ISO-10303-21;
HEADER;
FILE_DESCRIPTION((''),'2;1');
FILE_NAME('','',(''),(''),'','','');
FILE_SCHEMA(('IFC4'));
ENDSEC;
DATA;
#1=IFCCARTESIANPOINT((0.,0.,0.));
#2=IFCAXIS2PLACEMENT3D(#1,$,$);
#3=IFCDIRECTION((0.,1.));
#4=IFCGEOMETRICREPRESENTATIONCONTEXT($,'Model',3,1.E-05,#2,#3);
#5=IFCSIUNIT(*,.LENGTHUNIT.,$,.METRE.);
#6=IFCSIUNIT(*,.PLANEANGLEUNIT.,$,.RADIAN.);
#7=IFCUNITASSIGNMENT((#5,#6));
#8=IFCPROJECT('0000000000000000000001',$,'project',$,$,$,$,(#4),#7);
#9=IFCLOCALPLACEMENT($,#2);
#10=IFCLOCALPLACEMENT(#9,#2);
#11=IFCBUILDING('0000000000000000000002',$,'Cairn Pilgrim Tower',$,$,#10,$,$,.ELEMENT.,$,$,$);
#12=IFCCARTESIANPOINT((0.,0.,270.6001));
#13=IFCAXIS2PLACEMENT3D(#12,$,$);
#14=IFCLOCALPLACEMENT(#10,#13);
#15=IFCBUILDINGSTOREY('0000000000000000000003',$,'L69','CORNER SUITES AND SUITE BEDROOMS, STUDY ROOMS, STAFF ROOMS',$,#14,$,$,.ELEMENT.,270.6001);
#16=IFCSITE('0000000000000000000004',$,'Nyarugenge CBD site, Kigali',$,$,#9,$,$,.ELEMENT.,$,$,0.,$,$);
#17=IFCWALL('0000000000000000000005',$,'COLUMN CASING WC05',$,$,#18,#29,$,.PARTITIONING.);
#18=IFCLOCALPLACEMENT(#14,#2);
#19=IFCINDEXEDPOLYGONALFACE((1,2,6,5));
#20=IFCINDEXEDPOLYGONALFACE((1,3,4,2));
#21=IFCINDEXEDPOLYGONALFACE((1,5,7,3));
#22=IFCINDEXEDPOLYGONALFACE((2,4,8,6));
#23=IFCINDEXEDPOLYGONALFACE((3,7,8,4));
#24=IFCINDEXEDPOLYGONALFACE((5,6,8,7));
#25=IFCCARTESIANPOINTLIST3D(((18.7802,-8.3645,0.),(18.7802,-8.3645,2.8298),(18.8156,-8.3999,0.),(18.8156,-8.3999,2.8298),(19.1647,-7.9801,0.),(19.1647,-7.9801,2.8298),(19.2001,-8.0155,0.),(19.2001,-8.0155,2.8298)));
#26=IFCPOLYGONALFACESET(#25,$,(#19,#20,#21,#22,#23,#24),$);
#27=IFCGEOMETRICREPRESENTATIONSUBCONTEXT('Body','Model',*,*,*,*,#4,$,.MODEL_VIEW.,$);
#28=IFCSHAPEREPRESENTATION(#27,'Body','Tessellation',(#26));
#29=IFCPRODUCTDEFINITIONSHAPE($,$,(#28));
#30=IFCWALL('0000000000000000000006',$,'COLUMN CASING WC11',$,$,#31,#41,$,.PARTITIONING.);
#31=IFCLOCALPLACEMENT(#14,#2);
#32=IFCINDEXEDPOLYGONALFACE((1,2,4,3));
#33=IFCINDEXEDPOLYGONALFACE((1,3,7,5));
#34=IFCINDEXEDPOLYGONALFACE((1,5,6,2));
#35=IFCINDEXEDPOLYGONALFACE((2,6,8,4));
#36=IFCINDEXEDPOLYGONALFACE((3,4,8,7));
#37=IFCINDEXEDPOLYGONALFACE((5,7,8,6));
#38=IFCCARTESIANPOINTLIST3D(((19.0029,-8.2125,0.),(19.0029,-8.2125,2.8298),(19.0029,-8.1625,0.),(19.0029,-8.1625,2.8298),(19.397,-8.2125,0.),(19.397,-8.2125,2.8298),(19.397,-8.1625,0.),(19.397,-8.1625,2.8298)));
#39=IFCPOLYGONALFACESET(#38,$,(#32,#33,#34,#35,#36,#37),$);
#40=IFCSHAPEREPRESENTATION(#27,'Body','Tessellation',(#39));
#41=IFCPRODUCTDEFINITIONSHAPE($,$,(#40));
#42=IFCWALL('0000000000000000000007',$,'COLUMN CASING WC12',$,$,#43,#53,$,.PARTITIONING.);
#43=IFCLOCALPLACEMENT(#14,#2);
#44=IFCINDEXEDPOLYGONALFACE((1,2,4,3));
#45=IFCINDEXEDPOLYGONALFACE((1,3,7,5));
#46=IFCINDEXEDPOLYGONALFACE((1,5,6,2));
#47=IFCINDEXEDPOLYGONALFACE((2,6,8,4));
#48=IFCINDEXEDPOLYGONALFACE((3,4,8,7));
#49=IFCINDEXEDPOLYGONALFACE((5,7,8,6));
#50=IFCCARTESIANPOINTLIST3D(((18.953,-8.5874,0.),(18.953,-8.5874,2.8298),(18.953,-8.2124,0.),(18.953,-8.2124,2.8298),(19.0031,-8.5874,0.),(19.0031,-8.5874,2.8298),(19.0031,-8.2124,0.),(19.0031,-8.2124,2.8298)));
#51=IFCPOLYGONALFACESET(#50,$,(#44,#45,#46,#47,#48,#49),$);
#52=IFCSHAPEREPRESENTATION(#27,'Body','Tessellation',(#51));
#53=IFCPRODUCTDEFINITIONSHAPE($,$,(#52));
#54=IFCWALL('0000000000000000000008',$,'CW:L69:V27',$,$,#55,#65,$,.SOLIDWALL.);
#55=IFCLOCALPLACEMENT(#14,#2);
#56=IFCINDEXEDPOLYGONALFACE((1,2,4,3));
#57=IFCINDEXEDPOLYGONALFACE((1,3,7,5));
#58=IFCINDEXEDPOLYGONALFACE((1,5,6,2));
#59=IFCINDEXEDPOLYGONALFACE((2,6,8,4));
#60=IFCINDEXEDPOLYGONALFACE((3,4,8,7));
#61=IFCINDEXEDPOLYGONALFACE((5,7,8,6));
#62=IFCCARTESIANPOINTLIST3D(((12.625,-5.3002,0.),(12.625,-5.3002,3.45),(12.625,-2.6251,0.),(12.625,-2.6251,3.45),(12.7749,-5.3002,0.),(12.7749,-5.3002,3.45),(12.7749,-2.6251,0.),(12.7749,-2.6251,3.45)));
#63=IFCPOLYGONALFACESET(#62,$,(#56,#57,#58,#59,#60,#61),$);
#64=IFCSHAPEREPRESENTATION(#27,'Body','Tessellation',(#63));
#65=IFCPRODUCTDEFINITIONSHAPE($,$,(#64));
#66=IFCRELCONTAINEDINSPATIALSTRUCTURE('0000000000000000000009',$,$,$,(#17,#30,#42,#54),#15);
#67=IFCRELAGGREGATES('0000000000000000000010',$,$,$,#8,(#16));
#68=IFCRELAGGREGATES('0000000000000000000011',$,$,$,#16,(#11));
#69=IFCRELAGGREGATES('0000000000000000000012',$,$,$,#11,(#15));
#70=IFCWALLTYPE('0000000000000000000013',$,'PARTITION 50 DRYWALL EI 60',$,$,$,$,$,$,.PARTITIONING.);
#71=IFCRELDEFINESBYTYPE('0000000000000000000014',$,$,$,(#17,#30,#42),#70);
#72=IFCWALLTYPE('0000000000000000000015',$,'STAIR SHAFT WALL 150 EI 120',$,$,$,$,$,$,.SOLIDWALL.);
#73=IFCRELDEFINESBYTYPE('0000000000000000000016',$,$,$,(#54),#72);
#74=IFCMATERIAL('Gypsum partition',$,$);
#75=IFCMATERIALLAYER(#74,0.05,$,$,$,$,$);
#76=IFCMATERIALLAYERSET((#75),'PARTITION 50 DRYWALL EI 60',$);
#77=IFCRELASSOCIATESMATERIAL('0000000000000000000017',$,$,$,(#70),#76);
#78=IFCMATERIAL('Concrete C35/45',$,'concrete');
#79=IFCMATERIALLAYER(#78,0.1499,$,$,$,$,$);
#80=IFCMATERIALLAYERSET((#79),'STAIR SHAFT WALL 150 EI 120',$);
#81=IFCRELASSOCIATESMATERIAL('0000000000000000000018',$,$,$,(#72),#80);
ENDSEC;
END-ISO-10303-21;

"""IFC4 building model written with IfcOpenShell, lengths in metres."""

from ifc_helpers import new_model, si_unit, direction, frame, frame_2d, origin, place, context, subcontext, project, spatial, rectangle, extrude, material, layer, layer_set, type_object, element, save


model = new_model("IFC4")

# Units and contexts
model_context = context("Model", 3, precision=1e-05, world=origin(), true_north=direction((0.0, 1.0)))
body_context = subcontext(model_context, "Body", "Model", "MODEL_VIEW")
ifc_project = project(units=[si_unit("LENGTHUNIT", "METRE"), si_unit("PLANEANGLEUNIT", "RADIAN")], contexts=[model_context])

# Site, building, storey
site_placement = place(None, origin())
site = spatial("IfcSite", under=ifc_project, at=site_placement, Name="Nyarugenge CBD site, Kigali", CompositionType="ELEMENT", RefElevation=0.0)
building_placement = place(site_placement, origin())
building = spatial("IfcBuilding", under=site, at=building_placement, Name="Cairn Pilgrim Tower", CompositionType="ELEMENT")
storey_placement = place(building_placement, frame((0.0, 0.0, 270.6001)))
storey = spatial("IfcBuildingStorey", under=building, at=storey_placement, Name="L69", Description="CORNER SUITES AND SUITE BEDROOMS, STUDY ROOMS, STAFF ROOMS", CompositionType="ELEMENT", Elevation=270.6001)

# Shared definitions
ifc_material_1 = material(Name="Gypsum partition")

# Walls
ifc_layer_1 = layer(ifc_material_1, 0.05)
ifc_layer_set_1 = layer_set([ifc_layer_1], Name="PARTITION 50 DRYWALL EI 60")
wall_type_1 = type_object("IfcWallType", Name="PARTITION 50 DRYWALL EI 60", PredefinedType="PARTITIONING", material=ifc_layer_set_1)
wall_1_placement = place(storey_placement, frame((18.7979, -8.3823, 0.0), z_axis=(0.0, 0.0, 1.0), x_axis=(0.707107, 0.707107, 0.0)))
element("IfcWall", 1, at=wall_1_placement, inside=storey, type_object=wall_type_1, Name="COLUMN CASING WC05", PredefinedType="PARTITIONING", context=body_context, shape_type="SweptSolid", body=[
    extrude(rectangle(XDim=0.5437, YDim=0.05, at=frame_2d((0.272, 0.0))), origin(), (0.0, 0.0, 1.0), 2.8298),
])
wall_2_placement = place(storey_placement, frame((19.0029, -8.1875, 0.0), z_axis=(0.0, 0.0, 1.0), x_axis=(1.0, 0.0, 0.0)))
element("IfcWall", 2, at=wall_2_placement, inside=storey, type_object=wall_type_1, Name="COLUMN CASING WC11", PredefinedType="PARTITIONING", context=body_context, shape_type="SweptSolid", body=[
    extrude(rectangle(XDim=0.394, YDim=0.05, at=frame_2d((0.197, 0.0))), origin(), (0.0, 0.0, 1.0), 2.8298),
])
wall_3_placement = place(storey_placement, frame((18.978, -8.5874, 0.0), z_axis=(0.0, 0.0, 1.0), x_axis=(0.0, 1.0, 0.0)))
element("IfcWall", 3, at=wall_3_placement, inside=storey, type_object=wall_type_1, Name="COLUMN CASING WC12", PredefinedType="PARTITIONING", context=body_context, shape_type="SweptSolid", body=[
    extrude(rectangle(XDim=0.375, YDim=0.05, at=frame_2d((0.1875, 0.0))), origin(), (0.0, 0.0, 1.0), 2.8298),
])
ifc_material_2 = material(Name="Concrete C35/45", Category="concrete")
ifc_layer_2 = layer(ifc_material_2, 0.1499)
ifc_layer_set_2 = layer_set([ifc_layer_2], Name="STAIR SHAFT WALL 150 EI 120")
wall_type_2 = type_object("IfcWallType", Name="STAIR SHAFT WALL 150 EI 120", PredefinedType="SOLIDWALL", material=ifc_layer_set_2)
wall_4_placement = place(storey_placement, frame((12.7, -5.3, 0.0), z_axis=(0.0, 0.0, 1.0), x_axis=(0.0, 1.0, 0.0)))
element("IfcWall", 4, at=wall_4_placement, inside=storey, type_object=wall_type_2, Name="CW:L69:V27", PredefinedType="SOLIDWALL", context=body_context, shape_type="SweptSolid", body=[
    extrude(rectangle(XDim=2.675, YDim=0.1499, at=frame_2d((1.3374, 0.0))), origin(), (0.0, 0.0, 1.0), 3.45),
])

save(model, "model.ifc")
